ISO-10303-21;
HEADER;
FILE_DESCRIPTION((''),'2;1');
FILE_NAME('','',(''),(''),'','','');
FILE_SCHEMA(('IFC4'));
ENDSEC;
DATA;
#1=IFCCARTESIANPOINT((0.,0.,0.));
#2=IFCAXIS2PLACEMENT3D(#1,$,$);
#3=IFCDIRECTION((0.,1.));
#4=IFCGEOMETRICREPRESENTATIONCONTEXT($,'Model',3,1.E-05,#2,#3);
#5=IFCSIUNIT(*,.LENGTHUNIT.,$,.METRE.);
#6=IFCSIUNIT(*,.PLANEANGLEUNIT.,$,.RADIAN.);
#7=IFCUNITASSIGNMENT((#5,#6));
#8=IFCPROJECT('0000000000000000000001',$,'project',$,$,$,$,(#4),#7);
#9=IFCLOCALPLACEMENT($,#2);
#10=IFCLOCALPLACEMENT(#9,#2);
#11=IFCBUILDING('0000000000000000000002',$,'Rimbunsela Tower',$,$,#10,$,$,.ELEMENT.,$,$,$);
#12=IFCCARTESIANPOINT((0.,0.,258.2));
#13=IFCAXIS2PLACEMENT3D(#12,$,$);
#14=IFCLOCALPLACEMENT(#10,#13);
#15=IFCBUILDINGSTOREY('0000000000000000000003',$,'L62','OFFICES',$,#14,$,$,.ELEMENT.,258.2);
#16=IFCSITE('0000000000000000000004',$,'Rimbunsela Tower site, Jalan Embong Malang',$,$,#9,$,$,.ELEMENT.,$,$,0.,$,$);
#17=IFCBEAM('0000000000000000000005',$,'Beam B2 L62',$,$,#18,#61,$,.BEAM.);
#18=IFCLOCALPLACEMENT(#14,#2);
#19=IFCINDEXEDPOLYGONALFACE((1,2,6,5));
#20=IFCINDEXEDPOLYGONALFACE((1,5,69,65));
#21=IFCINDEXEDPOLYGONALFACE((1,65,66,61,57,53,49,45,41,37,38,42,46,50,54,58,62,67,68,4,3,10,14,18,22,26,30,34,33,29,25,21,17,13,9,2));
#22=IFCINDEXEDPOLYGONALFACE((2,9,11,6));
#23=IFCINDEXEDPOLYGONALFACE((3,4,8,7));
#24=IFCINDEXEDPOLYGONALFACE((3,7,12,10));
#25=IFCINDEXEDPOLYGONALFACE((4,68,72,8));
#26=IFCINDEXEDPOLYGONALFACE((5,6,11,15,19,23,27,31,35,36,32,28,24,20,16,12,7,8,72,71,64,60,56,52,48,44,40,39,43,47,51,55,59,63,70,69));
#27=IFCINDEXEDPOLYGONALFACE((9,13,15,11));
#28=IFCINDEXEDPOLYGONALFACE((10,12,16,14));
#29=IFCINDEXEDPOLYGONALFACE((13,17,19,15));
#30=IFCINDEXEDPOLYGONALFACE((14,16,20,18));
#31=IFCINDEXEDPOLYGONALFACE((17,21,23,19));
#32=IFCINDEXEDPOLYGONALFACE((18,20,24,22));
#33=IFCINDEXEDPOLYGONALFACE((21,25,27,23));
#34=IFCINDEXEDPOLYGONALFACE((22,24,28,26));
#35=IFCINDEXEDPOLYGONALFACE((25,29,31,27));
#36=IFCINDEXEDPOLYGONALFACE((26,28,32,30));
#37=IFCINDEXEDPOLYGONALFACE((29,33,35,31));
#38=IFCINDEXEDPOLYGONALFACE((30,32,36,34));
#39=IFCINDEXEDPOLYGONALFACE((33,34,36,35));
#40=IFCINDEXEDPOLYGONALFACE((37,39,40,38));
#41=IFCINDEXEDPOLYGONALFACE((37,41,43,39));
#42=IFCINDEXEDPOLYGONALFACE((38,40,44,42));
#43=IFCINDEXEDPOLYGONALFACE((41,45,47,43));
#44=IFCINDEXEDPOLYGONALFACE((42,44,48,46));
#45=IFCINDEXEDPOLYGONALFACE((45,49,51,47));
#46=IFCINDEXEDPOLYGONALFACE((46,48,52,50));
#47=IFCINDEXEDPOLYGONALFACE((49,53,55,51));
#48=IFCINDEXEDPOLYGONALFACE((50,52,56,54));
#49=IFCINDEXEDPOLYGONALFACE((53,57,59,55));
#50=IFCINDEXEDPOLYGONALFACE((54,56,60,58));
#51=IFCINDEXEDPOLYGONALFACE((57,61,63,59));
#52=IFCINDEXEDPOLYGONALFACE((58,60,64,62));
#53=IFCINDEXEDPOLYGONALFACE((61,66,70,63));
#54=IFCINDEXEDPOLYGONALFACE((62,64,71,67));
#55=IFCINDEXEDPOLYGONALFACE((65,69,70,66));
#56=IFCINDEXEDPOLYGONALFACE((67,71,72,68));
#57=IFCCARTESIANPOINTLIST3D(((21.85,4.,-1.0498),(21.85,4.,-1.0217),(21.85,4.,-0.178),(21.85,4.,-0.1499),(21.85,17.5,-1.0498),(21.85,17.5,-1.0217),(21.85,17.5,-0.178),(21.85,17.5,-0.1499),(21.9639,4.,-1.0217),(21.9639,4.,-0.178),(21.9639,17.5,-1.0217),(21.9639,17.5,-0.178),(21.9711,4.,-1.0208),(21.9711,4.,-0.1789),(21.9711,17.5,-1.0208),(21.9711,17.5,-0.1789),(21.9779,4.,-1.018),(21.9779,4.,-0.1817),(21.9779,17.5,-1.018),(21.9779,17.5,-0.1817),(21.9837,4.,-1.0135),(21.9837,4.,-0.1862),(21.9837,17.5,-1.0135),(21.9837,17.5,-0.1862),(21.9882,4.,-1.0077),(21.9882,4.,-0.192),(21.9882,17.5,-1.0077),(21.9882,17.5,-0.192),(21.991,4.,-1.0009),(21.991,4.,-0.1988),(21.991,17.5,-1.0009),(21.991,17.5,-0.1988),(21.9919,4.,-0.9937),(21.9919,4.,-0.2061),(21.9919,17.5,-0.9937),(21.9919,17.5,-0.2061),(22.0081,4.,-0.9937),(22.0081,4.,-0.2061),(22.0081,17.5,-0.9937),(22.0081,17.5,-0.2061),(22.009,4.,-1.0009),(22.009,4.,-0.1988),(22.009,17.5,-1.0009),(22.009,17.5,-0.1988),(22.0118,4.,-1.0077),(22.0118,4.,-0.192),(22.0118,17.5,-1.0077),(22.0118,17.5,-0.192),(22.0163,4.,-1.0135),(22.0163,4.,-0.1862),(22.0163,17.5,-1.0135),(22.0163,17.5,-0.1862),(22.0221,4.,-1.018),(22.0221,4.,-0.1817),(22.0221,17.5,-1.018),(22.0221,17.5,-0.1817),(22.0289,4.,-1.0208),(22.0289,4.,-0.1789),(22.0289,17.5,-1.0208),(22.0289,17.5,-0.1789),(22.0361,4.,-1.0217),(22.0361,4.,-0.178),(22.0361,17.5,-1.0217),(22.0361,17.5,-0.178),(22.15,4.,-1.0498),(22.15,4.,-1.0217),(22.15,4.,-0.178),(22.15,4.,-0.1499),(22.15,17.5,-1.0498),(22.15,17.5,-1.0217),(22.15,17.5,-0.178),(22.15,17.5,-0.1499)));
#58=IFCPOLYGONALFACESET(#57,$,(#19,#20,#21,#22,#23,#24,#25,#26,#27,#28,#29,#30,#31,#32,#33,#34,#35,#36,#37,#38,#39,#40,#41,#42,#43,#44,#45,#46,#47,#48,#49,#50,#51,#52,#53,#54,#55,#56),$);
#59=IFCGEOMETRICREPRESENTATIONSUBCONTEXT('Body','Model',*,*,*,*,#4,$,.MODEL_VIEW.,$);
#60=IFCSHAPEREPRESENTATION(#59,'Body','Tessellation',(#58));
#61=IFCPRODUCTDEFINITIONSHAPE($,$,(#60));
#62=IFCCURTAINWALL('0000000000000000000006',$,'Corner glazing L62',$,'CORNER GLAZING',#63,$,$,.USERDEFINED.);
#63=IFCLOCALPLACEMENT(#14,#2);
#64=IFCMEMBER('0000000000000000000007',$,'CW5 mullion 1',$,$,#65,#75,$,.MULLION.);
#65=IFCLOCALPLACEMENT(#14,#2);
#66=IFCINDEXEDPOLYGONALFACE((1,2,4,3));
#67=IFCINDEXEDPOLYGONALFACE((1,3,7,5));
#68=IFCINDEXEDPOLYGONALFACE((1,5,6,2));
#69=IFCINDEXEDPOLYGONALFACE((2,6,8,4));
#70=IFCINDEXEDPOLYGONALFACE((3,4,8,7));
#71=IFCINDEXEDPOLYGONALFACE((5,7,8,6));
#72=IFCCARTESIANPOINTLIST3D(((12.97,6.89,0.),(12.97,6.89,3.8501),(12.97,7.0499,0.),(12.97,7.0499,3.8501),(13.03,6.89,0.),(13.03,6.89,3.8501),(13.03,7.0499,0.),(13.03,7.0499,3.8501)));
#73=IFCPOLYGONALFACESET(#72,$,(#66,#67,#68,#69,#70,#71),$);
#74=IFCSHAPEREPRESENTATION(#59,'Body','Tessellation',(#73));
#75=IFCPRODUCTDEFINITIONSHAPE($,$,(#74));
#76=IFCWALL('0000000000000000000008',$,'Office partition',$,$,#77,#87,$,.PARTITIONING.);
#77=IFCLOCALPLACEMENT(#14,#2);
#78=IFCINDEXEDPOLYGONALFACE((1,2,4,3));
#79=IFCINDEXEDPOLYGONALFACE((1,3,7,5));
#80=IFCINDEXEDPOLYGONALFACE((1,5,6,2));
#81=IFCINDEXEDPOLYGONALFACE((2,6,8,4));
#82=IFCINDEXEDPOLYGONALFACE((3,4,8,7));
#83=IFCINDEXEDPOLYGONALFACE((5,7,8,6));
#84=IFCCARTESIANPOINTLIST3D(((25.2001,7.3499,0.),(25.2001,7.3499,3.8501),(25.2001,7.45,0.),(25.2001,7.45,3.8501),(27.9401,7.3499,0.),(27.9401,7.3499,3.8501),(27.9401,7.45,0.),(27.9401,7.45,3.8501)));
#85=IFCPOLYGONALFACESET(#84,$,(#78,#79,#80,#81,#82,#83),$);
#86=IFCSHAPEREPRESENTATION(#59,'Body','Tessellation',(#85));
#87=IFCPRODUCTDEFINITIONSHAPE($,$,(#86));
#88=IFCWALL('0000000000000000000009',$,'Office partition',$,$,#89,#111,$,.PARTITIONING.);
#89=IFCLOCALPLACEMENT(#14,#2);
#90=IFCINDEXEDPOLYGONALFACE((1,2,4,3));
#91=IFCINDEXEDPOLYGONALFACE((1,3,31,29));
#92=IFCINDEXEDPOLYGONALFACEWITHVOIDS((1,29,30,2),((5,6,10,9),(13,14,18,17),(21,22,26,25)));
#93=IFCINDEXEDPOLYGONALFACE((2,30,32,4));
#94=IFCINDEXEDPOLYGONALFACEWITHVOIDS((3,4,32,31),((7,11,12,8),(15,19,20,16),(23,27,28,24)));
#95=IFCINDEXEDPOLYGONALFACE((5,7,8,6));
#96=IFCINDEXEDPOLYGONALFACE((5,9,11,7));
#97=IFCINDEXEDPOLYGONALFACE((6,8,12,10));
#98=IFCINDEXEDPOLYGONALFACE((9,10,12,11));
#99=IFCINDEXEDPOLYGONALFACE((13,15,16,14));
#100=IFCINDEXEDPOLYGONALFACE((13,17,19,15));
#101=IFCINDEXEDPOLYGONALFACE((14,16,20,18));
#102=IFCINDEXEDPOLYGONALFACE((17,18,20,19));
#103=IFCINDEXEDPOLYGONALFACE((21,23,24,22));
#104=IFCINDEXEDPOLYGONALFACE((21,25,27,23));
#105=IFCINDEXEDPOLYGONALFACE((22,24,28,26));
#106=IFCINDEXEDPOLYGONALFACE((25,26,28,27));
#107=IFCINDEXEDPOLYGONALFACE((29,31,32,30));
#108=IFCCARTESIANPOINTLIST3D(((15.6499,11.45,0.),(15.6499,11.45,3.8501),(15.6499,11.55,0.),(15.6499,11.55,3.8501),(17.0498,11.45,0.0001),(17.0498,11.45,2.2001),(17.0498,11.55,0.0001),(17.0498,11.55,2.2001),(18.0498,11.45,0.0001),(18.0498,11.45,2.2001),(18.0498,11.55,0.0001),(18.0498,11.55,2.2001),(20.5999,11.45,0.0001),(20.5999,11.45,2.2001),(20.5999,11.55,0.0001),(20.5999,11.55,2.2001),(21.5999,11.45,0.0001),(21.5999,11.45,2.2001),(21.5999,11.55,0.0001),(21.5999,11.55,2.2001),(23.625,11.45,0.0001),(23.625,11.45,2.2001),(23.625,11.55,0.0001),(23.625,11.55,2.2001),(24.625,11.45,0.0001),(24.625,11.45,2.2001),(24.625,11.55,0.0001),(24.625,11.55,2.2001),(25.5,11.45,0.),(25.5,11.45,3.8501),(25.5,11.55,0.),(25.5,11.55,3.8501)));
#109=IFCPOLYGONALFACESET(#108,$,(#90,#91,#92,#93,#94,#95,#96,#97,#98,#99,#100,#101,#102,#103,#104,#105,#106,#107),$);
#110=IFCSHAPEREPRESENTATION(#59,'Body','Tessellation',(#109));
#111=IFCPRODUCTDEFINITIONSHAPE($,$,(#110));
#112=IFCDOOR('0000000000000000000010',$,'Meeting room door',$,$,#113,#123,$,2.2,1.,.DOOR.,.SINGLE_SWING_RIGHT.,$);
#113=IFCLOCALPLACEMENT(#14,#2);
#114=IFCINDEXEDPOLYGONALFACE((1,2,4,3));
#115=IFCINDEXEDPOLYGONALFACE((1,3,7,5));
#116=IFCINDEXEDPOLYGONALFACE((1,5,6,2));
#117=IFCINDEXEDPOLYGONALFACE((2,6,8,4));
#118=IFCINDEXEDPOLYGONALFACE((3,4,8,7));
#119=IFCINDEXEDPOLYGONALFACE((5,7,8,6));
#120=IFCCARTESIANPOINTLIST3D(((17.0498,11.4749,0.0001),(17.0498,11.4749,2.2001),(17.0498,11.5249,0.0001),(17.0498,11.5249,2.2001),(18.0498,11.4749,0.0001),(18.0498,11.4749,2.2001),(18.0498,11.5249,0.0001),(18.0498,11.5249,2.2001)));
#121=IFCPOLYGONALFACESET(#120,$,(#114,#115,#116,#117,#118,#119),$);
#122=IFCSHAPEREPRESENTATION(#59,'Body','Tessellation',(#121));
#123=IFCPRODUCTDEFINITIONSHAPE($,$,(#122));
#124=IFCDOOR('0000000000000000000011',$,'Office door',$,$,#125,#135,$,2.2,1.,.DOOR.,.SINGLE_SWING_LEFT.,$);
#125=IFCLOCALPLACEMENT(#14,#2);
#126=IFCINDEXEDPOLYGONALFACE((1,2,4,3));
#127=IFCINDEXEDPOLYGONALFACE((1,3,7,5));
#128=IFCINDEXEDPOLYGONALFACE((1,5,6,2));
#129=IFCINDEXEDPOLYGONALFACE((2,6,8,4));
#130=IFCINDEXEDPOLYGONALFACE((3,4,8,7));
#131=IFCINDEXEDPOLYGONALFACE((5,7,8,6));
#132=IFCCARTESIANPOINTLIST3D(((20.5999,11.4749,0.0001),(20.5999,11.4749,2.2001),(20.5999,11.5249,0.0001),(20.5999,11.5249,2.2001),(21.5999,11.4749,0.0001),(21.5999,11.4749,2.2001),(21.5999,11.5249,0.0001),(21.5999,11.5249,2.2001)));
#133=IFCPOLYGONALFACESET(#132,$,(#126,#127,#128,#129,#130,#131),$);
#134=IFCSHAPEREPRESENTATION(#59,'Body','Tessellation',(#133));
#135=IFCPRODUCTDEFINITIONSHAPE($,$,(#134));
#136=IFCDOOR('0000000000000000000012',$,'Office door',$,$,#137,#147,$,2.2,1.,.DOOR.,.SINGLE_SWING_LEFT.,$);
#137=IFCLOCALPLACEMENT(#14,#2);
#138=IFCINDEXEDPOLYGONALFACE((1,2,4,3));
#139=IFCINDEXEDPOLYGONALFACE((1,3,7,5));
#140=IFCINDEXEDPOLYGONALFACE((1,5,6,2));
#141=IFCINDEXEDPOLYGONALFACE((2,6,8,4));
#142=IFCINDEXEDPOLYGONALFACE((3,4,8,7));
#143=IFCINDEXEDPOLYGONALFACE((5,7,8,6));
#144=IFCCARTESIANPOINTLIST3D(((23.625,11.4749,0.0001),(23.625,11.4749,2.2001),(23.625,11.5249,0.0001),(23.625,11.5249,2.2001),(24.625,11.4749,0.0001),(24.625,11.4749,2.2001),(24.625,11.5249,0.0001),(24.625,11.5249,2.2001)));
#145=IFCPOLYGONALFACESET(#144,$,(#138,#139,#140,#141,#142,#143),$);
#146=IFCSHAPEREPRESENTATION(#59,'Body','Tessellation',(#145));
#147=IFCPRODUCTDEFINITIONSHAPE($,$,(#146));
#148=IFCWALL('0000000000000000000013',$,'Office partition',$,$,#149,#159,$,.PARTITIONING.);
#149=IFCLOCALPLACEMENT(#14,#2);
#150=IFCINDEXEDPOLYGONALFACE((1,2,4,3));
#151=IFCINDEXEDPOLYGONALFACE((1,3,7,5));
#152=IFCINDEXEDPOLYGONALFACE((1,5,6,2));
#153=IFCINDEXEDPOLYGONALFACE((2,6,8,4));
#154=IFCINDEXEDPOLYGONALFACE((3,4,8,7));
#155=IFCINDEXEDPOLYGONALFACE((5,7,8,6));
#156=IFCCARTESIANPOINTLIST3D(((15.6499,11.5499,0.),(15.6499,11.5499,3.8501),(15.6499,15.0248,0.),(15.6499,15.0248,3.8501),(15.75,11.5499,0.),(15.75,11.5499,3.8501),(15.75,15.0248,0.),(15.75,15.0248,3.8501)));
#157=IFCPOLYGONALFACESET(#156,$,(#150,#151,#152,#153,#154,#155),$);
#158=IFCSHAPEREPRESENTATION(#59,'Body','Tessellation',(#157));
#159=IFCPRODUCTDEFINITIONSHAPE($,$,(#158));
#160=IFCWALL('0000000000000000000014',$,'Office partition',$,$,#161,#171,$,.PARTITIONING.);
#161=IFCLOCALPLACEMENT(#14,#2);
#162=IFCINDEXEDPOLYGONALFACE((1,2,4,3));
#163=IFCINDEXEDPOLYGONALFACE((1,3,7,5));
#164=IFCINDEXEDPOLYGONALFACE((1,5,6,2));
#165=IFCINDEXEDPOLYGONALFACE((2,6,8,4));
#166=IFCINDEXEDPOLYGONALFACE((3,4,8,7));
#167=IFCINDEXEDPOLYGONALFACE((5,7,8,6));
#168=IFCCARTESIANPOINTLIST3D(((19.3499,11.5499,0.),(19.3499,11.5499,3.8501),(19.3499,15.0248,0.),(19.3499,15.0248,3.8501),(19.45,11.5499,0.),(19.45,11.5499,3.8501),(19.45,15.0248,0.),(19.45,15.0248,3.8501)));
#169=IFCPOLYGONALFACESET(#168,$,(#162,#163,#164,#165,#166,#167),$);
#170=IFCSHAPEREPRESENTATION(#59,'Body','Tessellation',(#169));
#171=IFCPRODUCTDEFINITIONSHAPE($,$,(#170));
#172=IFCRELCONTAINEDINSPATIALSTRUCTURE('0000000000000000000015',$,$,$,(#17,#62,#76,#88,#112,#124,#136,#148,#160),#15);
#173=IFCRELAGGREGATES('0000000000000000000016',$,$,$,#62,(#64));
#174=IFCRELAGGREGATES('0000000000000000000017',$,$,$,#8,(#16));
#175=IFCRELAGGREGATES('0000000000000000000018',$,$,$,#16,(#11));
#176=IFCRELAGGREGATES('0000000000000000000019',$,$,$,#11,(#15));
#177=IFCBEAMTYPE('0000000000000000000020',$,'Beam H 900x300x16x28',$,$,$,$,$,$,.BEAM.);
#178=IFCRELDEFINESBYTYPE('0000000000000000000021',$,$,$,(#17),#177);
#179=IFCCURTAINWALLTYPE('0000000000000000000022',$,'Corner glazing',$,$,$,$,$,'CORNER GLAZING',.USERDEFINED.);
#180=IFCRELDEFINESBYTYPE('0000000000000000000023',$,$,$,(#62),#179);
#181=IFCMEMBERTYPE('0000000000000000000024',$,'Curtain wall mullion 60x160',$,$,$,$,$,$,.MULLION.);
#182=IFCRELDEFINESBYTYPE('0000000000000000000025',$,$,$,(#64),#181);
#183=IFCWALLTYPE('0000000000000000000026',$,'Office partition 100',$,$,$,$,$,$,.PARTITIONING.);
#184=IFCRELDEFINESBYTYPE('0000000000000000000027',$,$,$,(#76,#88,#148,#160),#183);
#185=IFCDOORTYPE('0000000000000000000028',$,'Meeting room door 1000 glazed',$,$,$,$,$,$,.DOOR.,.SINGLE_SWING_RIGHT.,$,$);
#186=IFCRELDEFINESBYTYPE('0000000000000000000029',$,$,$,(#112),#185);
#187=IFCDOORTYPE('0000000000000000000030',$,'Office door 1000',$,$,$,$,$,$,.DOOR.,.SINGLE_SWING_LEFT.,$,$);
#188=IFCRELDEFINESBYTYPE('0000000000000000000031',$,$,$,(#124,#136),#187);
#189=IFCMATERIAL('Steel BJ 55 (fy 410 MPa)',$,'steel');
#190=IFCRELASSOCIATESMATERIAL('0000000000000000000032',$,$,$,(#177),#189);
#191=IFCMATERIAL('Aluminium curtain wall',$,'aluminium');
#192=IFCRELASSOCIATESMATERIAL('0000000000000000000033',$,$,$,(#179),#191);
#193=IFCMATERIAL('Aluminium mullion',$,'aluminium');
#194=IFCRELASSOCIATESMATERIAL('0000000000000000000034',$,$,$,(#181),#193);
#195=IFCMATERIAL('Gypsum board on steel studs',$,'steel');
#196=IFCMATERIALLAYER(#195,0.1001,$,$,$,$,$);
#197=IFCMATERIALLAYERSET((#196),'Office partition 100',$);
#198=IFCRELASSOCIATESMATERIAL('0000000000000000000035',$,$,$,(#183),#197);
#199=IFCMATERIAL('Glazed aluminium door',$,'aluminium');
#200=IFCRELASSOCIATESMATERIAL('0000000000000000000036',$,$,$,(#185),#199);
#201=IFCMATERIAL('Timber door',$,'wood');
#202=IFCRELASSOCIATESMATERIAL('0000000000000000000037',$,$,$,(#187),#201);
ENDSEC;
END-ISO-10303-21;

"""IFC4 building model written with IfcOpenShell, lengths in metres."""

from ifc_helpers import new_model, si_unit, direction, frame, frame_2d, origin, origin_2d, place, context, subcontext, project, spatial, rectangle, i_section, extrude, material, layer, layer_set, material_profile, profile_set, type_object, element, fill, aggregate, save


model = new_model("IFC4")

# Units and contexts
model_context = context("Model", 3, precision=1e-05, world=origin(), true_north=direction((0.0, 1.0)))
body_context = subcontext(model_context, "Body", "Model", "MODEL_VIEW")
ifc_project = project(units=[si_unit("LENGTHUNIT", "METRE"), si_unit("PLANEANGLEUNIT", "RADIAN")], contexts=[model_context])

# Site, building, storey
site_placement = place(None, origin())
site = spatial("IfcSite", under=ifc_project, at=site_placement, Name="Rimbunsela Tower site, Jalan Embong Malang", CompositionType="ELEMENT", RefElevation=0.0)
building_placement = place(site_placement, origin())
building = spatial("IfcBuilding", under=site, at=building_placement, Name="Rimbunsela Tower", CompositionType="ELEMENT")
storey_placement = place(building_placement, frame((0.0, 0.0, 258.2)))
storey = spatial("IfcBuildingStorey", under=building, at=storey_placement, Name="L62", Description="OFFICES", CompositionType="ELEMENT", Elevation=258.2)

# Beam
ifc_material_1 = material(Name="Steel BJ 55 (fy 410 MPa)", Category="steel")
ifc_material_profile_1 = material_profile(ifc_material_1, i_section(OverallWidth=0.3, OverallDepth=0.8999, WebThickness=0.0161, FlangeThickness=0.0281, FilletRadius=0.0281, at=origin_2d()), Name="H 900x300x16x28")
ifc_profile_set_1 = profile_set([ifc_material_profile_1], Name="Steel BJ 55 (fy 410 MPa)")
beam_type_1 = type_object("IfcBeamType", Name="Beam H 900x300x16x28", PredefinedType="BEAM", material=ifc_profile_set_1)
for number, where, z_axis, x_axis, name in (
    (1, (22.0, 4.0, -0.5999), (0.0, 1.0, 0.0), (-1.0, 0.0, 0.0), "Beam B2 L62"),
):
    element("IfcBeam", number, at=place(storey_placement, frame(where, z_axis=z_axis, x_axis=x_axis)), inside=storey, type_object=beam_type_1, Name=name, PredefinedType="BEAM", context=body_context, shape_type="SweptSolid", body=[
        extrude(i_section(OverallWidth=0.3, OverallDepth=0.8999, WebThickness=0.0161, FlangeThickness=0.0281, FilletRadius=0.0281, at=origin_2d()), origin(), (0.0, 0.0, 1.0), 13.5),
    ])

# Curtain wall, member
ifc_material_2 = material(Name="Aluminium curtain wall", Category="aluminium")
curtain_wall_type = type_object("IfcCurtainWallType", Name="Corner glazing", ElementType="CORNER GLAZING", PredefinedType="USERDEFINED", material=ifc_material_2)
curtain_wall_placement = place(storey_placement, origin())
curtain_wall = element("IfcCurtainWall", 2, at=curtain_wall_placement, inside=storey, type_object=curtain_wall_type, Name="Corner glazing L62", ObjectType="CORNER GLAZING", PredefinedType="USERDEFINED")
ifc_material_3 = material(Name="Aluminium mullion", Category="aluminium")
ifc_material_profile_2 = material_profile(ifc_material_3, rectangle(XDim=0.0601, YDim=0.1599, at=origin_2d()), Name="Mullion 60x160")
ifc_profile_set_2 = profile_set([ifc_material_profile_2], Name="Aluminium mullion")
member_type = type_object("IfcMemberType", Name="Curtain wall mullion 60x160", PredefinedType="MULLION", material=ifc_profile_set_2)
member_placement = place(storey_placement, frame((13.0, 6.97, 0.0), z_axis=(0.0, 0.0, 1.0), x_axis=(1.0, 0.0, 0.0)))
member = element("IfcMember", 3, at=member_placement, type_object=member_type, Name="CW5 mullion 1", PredefinedType="MULLION", context=body_context, shape_type="SweptSolid", body=[
    extrude(rectangle(XDim=0.0601, YDim=0.1599, at=origin_2d()), origin(), (0.0, 0.0, 1.0), 3.8501),
])
aggregate(curtain_wall, [member])

# Wall
ifc_material_4 = material(Name="Gypsum board on steel studs", Category="steel")
ifc_layer_1 = layer(ifc_material_4, 0.1001)
ifc_layer_set_1 = layer_set([ifc_layer_1], Name="Office partition 100")
wall_type_1 = type_object("IfcWallType", Name="Office partition 100", PredefinedType="PARTITIONING", material=ifc_layer_set_1)
wall_1_placement = place(storey_placement, frame((25.2, 7.3999, 0.0), z_axis=(0.0, 0.0, 1.0), x_axis=(1.0, 0.0, 0.0)))
element("IfcWall", 4, at=wall_1_placement, inside=storey, type_object=wall_type_1, Name="Office partition", PredefinedType="PARTITIONING", context=body_context, shape_type="SweptSolid", body=[
    extrude(rectangle(XDim=2.74, YDim=0.1001, at=frame_2d((1.3701, 0.0))), origin(), (0.0, 0.0, 1.0), 3.8501),
])

# Wall, openings, doors
wall_2_placement = place(storey_placement, frame((15.6499, 11.5, 0.0), z_axis=(0.0, 0.0, 1.0), x_axis=(1.0, 0.0, 0.0)))
wall_2 = element("IfcWall", 5, at=wall_2_placement, inside=storey, type_object=wall_type_1, Name="Office partition", PredefinedType="PARTITIONING", context=body_context, shape_type="SweptSolid", body=[
    extrude(rectangle(XDim=9.8501, YDim=0.1001, at=frame_2d((4.925, 0.0))), origin(), (0.0, 0.0, 1.0), 3.8501),
])
opening_1_placement = place(wall_2_placement, frame((1.3999, 0.0, 0.0)))
opening_1 = element("IfcOpeningElement", 6, at=opening_1_placement, cuts=wall_2, PredefinedType="OPENING", context=body_context, shape_type="SweptSolid", body=[
    extrude(rectangle(XDim=1.0, YDim=2.2, at=frame_2d((0.5, 1.1001))), frame((0.0, 0.0601, 0.0), z_axis=(0.0, -1.0, 0.0), x_axis=(1.0, 0.0, 0.0)), (0.0, 0.0, 1.0), 0.1201),
])
opening_2_placement = place(wall_2_placement, frame((4.95, 0.0, 0.0)))
opening_2 = element("IfcOpeningElement", 7, at=opening_2_placement, cuts=wall_2, PredefinedType="OPENING", context=body_context, shape_type="SweptSolid", body=[
    extrude(rectangle(XDim=1.0, YDim=2.2, at=frame_2d((0.5, 1.1001))), frame((0.0, 0.0601, 0.0), z_axis=(0.0, -1.0, 0.0), x_axis=(1.0, 0.0, 0.0)), (0.0, 0.0, 1.0), 0.1201),
])
opening_3_placement = place(wall_2_placement, frame((7.9751, 0.0, 0.0)))
opening_3 = element("IfcOpeningElement", 8, at=opening_3_placement, cuts=wall_2, PredefinedType="OPENING", context=body_context, shape_type="SweptSolid", body=[
    extrude(rectangle(XDim=1.0, YDim=2.2, at=frame_2d((0.5, 1.1001))), frame((0.0, 0.0601, 0.0), z_axis=(0.0, -1.0, 0.0), x_axis=(1.0, 0.0, 0.0)), (0.0, 0.0, 1.0), 0.1201),
])
ifc_material_5 = material(Name="Glazed aluminium door", Category="aluminium")
door_type_1 = type_object("IfcDoorType", Name="Meeting room door 1000 glazed", OperationType="SINGLE_SWING_RIGHT", PredefinedType="DOOR", material=ifc_material_5)
door_1_placement = place(opening_1_placement, origin())
door_1 = element("IfcDoor", 9, at=door_1_placement, inside=storey, type_object=door_type_1, Name="Meeting room door", OperationType="SINGLE_SWING_RIGHT", OverallHeight=2.2, OverallWidth=1.0, PredefinedType="DOOR", context=body_context, shape_type="SweptSolid", body=[
    extrude(rectangle(XDim=1.0, YDim=2.2, at=frame_2d((0.5, 1.1001))), frame((0.0, 0.0249, 0.0), z_axis=(0.0, -1.0, 0.0), x_axis=(1.0, 0.0, 0.0)), (0.0, 0.0, 1.0), 0.05),
])
fill(opening_1, door_1)
ifc_material_6 = material(Name="Timber door", Category="wood")
door_type_2 = type_object("IfcDoorType", Name="Office door 1000", OperationType="SINGLE_SWING_LEFT", PredefinedType="DOOR", material=ifc_material_6)
door_2_placement = place(opening_2_placement, origin())
door_2 = element("IfcDoor", 10, at=door_2_placement, inside=storey, type_object=door_type_2, Name="Office door", OperationType="SINGLE_SWING_LEFT", OverallHeight=2.2, OverallWidth=1.0, PredefinedType="DOOR", context=body_context, shape_type="SweptSolid", body=[
    extrude(rectangle(XDim=1.0, YDim=2.2, at=frame_2d((0.5, 1.1001))), frame((0.0, 0.0249, 0.0), z_axis=(0.0, -1.0, 0.0), x_axis=(1.0, 0.0, 0.0)), (0.0, 0.0, 1.0), 0.05),
])
fill(opening_2, door_2)
door_3_placement = place(opening_3_placement, origin())
door_3 = element("IfcDoor", 11, at=door_3_placement, inside=storey, type_object=door_type_2, Name="Office door", OperationType="SINGLE_SWING_LEFT", OverallHeight=2.2, OverallWidth=1.0, PredefinedType="DOOR", context=body_context, shape_type="SweptSolid", body=[
    extrude(rectangle(XDim=1.0, YDim=2.2, at=frame_2d((0.5, 1.1001))), frame((0.0, 0.0249, 0.0), z_axis=(0.0, -1.0, 0.0), x_axis=(1.0, 0.0, 0.0)), (0.0, 0.0, 1.0), 0.05),
])
fill(opening_3, door_3)

# Walls
for number, where, z_axis, x_axis, name in (
    (12, (15.7, 11.55, 0.0), (0.0, 0.0, 1.0), (0.0, 1.0, 0.0), "Office partition"),
    (13, (19.3999, 11.55, 0.0), (0.0, 0.0, 1.0), (0.0, 1.0, 0.0), "Office partition"),
):
    element("IfcWall", number, at=place(storey_placement, frame(where, z_axis=z_axis, x_axis=x_axis)), inside=storey, type_object=wall_type_1, Name=name, PredefinedType="PARTITIONING", context=body_context, shape_type="SweptSolid", body=[
        extrude(rectangle(XDim=3.4749, YDim=0.1001, at=frame_2d((1.7373, 0.0))), origin(), (0.0, 0.0, 1.0), 3.8501),
    ])

save(model, "model.ifc")
